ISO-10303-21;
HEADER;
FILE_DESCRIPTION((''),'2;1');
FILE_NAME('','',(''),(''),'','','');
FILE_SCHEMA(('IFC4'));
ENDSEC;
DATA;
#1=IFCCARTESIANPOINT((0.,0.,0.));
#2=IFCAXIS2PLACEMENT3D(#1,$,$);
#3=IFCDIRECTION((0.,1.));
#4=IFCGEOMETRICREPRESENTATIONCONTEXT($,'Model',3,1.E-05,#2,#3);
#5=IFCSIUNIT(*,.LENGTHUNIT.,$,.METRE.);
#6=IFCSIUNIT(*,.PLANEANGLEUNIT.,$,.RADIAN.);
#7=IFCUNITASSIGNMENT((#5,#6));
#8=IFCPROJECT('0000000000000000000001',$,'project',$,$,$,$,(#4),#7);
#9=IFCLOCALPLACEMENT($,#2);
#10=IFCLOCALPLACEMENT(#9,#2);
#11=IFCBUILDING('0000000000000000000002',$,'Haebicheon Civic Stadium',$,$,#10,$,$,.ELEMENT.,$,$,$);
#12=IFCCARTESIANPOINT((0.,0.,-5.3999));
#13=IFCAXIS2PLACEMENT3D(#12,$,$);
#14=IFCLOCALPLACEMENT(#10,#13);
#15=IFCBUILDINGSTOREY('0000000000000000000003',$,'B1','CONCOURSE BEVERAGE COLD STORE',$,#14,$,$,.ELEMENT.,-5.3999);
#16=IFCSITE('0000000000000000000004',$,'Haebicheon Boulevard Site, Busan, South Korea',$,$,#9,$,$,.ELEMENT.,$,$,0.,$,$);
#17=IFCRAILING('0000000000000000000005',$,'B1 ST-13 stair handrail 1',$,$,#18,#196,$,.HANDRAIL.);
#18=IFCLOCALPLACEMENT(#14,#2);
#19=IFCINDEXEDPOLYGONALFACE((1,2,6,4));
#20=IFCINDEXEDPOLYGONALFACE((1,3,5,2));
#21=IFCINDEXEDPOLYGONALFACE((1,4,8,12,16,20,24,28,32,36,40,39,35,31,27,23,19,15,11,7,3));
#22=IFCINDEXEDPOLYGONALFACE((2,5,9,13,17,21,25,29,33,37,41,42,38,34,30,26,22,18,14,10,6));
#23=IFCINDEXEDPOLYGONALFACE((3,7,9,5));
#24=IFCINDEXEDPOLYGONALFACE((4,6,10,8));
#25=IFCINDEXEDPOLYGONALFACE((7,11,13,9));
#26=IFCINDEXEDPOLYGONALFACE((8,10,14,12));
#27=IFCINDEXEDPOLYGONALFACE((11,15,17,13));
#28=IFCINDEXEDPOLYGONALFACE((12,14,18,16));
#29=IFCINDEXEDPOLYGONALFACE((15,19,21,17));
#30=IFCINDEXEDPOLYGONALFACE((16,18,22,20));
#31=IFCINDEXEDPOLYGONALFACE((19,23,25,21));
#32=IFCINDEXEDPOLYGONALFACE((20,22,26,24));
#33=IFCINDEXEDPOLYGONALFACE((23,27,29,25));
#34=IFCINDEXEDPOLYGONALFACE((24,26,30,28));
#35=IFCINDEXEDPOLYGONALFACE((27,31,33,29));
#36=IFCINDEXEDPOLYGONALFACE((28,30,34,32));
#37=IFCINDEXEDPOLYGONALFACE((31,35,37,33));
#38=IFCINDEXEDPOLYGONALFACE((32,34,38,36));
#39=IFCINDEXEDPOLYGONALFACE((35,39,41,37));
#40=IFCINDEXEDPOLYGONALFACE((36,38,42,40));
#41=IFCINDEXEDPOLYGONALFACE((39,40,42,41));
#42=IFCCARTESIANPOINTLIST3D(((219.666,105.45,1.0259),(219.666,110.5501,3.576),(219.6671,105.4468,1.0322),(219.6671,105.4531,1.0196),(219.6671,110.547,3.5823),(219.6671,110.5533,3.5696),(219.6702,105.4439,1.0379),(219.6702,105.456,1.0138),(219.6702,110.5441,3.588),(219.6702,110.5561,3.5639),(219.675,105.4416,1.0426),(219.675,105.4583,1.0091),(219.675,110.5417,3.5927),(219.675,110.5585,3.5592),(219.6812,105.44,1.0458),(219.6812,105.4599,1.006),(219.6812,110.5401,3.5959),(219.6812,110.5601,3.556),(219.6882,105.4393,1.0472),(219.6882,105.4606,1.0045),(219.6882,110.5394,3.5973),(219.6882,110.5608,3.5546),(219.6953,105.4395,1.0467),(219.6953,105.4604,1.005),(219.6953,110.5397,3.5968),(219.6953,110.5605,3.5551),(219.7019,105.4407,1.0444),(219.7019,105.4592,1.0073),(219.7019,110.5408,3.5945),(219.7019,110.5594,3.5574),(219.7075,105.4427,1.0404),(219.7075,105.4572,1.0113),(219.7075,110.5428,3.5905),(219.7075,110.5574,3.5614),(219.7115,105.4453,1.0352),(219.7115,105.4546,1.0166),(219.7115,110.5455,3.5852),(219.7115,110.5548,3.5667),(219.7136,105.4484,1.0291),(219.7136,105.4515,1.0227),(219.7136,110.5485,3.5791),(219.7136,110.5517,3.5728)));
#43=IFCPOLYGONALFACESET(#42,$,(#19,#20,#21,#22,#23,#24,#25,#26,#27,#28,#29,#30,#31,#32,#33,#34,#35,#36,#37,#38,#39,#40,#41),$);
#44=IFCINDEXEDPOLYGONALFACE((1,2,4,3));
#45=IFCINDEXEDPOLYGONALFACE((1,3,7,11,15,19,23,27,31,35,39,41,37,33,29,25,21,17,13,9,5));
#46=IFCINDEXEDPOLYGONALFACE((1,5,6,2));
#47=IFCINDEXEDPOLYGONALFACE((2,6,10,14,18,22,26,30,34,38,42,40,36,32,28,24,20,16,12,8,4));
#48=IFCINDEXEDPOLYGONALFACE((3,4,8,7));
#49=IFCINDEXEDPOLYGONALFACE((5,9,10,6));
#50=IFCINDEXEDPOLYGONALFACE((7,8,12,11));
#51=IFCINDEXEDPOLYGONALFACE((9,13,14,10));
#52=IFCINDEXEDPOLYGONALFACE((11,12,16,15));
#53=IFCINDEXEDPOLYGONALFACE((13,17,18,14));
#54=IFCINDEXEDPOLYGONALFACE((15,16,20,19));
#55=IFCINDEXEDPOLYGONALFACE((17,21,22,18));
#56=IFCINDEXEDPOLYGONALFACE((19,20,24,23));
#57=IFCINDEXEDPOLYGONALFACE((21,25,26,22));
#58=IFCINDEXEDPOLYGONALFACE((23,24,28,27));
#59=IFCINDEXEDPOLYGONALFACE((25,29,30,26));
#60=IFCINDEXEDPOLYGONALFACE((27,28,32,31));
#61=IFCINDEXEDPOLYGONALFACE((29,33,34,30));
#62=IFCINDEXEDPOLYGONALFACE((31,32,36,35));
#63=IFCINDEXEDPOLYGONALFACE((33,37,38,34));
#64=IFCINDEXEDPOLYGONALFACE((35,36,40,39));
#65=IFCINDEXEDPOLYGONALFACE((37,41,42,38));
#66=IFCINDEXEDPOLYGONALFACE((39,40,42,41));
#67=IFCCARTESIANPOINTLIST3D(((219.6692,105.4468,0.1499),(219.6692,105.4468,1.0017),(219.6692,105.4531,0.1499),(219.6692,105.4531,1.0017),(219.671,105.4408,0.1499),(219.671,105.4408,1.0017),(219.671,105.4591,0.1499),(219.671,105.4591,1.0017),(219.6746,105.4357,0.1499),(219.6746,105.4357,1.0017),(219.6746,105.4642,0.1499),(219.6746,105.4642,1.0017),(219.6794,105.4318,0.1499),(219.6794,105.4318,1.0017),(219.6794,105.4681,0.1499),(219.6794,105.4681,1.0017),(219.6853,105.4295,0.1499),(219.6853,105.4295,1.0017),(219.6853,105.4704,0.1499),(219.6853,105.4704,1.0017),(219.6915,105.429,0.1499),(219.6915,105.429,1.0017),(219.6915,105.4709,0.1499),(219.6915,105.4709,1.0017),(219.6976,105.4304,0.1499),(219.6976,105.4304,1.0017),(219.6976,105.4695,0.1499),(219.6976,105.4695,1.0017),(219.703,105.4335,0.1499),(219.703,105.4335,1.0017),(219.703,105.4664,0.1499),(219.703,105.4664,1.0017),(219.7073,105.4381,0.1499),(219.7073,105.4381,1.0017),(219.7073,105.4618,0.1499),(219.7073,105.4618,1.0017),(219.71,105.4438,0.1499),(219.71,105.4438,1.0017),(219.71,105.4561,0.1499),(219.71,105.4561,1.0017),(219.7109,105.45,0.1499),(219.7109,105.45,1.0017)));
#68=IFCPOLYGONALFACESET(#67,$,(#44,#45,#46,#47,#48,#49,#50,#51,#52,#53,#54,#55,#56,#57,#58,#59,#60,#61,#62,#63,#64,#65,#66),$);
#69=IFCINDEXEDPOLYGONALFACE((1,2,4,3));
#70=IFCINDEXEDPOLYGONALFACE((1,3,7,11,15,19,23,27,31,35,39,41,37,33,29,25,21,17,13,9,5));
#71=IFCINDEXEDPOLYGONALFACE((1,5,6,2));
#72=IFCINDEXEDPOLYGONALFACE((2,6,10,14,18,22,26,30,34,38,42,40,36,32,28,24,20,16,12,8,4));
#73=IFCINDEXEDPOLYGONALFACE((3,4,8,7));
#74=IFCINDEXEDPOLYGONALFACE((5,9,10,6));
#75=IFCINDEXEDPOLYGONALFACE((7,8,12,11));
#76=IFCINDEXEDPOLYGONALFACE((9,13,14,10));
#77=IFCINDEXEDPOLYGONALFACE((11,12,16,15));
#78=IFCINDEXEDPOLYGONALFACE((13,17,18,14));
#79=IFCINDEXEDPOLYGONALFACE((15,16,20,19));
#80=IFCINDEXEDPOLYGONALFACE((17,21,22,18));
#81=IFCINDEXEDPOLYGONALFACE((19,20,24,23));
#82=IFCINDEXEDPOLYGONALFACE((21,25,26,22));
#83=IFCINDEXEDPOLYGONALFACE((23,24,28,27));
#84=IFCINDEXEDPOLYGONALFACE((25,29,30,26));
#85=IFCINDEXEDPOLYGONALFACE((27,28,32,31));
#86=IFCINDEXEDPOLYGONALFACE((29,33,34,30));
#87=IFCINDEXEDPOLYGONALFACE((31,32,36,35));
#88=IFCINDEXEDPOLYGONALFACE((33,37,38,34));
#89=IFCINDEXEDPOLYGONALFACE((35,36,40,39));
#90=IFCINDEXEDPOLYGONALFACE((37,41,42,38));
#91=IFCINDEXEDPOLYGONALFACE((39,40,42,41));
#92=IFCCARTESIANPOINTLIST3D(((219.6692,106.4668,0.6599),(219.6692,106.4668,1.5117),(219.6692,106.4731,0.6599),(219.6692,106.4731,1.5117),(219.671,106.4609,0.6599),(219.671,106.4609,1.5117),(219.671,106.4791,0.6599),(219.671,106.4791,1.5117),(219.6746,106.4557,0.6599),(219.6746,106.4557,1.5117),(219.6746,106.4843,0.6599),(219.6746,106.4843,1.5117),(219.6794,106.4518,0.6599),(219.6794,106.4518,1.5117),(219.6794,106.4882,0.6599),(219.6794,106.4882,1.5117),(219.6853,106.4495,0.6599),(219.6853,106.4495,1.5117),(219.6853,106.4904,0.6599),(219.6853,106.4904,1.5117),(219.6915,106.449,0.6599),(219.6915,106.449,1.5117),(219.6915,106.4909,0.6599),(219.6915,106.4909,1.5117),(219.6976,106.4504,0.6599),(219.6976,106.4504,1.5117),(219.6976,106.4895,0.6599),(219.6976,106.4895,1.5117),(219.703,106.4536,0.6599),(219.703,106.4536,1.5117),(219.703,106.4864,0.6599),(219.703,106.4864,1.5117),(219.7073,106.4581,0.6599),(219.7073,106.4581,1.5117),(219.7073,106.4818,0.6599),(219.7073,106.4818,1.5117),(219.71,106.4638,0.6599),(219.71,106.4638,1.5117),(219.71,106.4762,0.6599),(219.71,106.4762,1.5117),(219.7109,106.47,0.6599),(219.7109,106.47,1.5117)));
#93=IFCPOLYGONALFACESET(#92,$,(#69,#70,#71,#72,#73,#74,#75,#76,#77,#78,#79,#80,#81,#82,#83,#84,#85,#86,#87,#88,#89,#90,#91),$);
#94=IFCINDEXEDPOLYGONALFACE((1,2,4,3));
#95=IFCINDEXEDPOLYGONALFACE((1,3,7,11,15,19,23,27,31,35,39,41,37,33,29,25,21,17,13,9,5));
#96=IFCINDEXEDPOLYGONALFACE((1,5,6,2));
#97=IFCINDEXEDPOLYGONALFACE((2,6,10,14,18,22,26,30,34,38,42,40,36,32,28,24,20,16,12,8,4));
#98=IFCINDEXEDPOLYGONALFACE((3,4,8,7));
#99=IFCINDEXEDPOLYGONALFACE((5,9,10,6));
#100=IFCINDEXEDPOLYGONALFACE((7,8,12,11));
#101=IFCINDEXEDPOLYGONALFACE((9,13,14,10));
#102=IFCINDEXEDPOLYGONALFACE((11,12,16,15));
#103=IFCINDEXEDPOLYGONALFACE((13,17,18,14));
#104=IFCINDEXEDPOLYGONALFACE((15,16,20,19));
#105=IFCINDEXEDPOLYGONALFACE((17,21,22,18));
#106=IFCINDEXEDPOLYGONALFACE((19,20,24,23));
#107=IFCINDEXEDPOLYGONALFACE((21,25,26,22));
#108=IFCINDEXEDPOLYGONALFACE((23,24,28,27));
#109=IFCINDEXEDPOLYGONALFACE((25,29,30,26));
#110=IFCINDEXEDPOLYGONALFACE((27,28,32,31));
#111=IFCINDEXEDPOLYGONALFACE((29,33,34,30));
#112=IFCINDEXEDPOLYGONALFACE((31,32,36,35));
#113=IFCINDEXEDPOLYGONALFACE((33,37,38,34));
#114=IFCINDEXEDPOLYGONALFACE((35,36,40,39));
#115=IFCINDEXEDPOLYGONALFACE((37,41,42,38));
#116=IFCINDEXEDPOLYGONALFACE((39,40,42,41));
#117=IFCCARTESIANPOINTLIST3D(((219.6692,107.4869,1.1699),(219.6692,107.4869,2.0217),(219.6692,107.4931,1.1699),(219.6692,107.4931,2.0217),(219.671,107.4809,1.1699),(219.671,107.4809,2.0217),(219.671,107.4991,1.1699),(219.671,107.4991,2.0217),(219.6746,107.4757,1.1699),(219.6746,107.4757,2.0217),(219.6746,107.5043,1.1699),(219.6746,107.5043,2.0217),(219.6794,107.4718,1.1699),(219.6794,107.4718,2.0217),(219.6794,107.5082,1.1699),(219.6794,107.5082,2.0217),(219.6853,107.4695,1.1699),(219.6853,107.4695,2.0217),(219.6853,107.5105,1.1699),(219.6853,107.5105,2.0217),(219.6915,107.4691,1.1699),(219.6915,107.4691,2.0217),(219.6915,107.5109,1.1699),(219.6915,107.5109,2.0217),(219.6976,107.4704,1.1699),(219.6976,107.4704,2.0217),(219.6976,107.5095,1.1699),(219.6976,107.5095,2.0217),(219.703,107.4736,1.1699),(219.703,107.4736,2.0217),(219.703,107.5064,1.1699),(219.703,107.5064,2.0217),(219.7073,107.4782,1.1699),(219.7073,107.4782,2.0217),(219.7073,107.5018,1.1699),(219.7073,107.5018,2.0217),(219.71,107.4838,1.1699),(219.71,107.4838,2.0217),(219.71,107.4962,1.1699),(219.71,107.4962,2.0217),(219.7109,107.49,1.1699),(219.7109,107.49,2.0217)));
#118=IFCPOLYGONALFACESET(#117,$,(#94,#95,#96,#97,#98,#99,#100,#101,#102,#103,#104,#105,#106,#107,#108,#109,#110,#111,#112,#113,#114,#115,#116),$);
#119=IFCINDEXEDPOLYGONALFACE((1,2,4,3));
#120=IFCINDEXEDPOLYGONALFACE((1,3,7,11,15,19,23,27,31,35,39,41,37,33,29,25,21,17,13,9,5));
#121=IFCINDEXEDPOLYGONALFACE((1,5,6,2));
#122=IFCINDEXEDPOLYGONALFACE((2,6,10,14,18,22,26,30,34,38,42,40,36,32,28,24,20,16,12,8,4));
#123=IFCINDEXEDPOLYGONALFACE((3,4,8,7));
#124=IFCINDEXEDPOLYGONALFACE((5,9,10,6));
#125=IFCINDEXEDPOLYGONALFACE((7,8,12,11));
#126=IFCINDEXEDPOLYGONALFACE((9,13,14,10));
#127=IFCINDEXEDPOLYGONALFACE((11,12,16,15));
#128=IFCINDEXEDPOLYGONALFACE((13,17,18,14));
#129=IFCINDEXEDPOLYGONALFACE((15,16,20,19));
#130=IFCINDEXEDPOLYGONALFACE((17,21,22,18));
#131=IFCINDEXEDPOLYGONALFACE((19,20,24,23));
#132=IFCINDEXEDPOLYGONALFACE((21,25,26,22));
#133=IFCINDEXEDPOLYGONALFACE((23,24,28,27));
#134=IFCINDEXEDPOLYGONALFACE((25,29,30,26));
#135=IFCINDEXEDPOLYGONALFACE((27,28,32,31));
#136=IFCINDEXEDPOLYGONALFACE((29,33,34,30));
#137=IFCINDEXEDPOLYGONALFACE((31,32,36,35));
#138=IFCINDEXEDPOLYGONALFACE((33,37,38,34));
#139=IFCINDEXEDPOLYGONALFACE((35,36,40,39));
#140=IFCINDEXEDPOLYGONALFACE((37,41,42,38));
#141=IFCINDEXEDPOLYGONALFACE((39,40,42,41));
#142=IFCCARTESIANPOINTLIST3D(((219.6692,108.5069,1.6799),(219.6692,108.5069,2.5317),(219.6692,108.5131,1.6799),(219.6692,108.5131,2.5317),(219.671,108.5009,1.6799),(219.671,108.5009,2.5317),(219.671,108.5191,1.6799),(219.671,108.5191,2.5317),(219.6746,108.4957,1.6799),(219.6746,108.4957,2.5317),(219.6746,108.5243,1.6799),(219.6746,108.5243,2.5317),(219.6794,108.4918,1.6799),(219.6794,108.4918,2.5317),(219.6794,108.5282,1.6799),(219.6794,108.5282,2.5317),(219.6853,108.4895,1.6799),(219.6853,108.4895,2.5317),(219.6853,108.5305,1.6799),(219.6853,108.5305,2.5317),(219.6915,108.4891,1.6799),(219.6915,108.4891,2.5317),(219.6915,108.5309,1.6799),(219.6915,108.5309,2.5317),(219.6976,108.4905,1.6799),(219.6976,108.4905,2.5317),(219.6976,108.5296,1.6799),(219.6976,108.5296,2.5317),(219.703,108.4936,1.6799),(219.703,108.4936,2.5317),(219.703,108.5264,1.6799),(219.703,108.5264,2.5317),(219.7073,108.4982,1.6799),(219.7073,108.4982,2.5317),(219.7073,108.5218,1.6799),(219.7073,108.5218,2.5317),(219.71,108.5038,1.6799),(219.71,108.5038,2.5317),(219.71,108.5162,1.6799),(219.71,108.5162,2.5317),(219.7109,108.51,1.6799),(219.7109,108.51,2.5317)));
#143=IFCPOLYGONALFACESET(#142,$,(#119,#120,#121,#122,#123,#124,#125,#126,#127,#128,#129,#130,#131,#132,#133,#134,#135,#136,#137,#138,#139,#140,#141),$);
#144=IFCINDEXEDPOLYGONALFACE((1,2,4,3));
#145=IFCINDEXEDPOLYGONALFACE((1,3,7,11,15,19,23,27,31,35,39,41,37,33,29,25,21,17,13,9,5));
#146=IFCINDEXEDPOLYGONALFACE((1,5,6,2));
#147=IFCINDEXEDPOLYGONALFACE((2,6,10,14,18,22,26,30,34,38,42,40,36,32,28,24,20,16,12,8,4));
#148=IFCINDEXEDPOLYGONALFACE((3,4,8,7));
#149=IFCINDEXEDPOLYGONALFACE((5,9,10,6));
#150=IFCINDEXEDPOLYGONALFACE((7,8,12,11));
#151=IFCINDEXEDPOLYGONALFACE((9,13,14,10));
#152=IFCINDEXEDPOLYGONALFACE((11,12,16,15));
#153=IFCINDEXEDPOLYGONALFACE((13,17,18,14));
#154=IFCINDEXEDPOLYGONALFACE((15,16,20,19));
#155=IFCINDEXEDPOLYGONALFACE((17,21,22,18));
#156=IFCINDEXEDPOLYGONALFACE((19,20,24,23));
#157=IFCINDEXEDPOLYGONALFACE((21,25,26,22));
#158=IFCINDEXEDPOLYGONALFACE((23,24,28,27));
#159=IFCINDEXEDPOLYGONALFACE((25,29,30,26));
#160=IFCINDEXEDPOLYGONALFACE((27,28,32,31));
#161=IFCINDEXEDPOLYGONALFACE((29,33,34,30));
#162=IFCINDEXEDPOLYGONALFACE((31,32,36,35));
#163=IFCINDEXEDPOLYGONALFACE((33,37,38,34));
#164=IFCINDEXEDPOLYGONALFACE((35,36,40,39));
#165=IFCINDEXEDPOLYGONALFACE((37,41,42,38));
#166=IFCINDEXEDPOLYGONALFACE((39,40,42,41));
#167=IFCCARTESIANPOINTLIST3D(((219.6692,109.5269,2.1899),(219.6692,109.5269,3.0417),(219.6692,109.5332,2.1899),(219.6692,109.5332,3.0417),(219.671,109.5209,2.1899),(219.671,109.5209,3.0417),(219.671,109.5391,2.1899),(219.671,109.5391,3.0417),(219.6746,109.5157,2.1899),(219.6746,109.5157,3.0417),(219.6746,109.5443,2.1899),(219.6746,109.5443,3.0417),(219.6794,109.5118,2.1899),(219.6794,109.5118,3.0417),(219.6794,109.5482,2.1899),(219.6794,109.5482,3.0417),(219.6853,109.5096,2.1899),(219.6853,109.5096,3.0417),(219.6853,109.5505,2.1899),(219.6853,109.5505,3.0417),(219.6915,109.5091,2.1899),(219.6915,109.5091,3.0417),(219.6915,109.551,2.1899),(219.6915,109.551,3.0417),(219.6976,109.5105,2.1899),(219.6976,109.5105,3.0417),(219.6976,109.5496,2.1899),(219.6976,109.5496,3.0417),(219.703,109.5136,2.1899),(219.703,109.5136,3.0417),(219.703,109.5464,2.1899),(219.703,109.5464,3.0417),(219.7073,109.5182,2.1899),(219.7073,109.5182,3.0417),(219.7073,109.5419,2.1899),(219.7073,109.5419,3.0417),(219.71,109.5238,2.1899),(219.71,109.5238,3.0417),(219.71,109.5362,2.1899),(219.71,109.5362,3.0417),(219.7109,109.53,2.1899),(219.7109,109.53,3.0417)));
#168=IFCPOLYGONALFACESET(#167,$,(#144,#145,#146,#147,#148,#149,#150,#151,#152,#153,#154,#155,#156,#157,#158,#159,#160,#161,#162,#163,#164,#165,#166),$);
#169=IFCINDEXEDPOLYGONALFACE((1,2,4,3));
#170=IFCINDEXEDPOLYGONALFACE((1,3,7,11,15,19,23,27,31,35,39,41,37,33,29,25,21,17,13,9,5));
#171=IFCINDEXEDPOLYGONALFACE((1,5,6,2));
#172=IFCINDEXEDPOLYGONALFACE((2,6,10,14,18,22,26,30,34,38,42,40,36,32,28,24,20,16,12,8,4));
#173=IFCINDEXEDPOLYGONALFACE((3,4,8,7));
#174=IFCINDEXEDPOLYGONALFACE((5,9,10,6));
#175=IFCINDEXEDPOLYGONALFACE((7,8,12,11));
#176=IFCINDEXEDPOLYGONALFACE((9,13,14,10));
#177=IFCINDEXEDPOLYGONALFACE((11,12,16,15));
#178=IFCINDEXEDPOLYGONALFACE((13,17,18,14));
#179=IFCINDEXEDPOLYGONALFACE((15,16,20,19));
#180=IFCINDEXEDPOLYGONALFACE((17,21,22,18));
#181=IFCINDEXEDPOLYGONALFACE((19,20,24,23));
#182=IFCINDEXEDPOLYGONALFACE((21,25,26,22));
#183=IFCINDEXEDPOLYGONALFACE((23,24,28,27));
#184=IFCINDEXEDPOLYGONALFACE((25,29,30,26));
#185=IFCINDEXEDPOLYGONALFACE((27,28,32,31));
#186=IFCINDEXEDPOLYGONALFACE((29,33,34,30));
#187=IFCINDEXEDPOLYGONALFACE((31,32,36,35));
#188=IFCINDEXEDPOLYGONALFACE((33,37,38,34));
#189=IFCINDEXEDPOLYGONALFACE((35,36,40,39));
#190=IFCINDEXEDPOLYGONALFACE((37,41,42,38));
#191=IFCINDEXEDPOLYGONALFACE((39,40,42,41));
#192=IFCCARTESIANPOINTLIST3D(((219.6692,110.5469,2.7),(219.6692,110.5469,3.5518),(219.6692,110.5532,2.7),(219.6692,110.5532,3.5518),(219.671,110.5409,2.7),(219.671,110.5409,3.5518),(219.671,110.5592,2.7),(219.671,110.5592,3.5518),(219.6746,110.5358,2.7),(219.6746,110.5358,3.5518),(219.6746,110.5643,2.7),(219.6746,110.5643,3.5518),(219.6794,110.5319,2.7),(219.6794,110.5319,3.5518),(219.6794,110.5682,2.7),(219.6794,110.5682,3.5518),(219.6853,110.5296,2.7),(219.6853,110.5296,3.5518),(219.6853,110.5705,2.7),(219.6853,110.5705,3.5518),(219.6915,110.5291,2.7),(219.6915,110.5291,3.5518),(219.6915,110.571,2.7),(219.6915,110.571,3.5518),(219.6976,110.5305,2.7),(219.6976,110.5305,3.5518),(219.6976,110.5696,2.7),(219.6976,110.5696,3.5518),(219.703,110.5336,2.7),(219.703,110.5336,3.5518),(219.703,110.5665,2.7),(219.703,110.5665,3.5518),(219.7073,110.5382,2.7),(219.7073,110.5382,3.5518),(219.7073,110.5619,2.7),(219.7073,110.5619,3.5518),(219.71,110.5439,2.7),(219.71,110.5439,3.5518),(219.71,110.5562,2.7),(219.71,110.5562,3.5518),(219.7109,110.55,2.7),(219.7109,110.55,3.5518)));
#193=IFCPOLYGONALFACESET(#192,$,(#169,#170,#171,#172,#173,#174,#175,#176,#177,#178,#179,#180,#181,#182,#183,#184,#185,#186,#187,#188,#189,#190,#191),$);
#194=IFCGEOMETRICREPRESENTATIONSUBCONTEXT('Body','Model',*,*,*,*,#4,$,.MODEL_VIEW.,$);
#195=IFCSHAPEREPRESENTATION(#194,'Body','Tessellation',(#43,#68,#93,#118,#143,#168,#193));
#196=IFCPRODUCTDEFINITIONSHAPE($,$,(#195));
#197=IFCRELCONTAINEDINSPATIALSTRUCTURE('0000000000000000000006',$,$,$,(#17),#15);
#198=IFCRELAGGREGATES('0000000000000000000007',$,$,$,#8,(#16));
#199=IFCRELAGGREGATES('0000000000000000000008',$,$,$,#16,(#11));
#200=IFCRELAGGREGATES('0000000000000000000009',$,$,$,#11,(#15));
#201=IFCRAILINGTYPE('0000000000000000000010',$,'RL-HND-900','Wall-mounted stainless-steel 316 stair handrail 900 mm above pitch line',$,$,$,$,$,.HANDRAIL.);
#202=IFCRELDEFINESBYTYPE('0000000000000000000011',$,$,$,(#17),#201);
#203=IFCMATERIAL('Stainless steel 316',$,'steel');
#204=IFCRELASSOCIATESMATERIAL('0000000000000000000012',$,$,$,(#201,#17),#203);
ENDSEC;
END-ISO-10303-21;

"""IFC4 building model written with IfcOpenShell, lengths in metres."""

from ifc_helpers import new_model, si_unit, direction, frame, origin, origin_2d, place, context, subcontext, project, spatial, circle, extrude, material, type_object, element, save


model = new_model("IFC4")

# Units and contexts
model_context = context("Model", 3, precision=1e-05, world=origin(), true_north=direction((0.0, 1.0)))
body_context = subcontext(model_context, "Body", "Model", "MODEL_VIEW")
ifc_project = project(units=[si_unit("LENGTHUNIT", "METRE"), si_unit("PLANEANGLEUNIT", "RADIAN")], contexts=[model_context])

# Site, building, storey
site_placement = place(None, origin())
site = spatial("IfcSite", under=ifc_project, at=site_placement, Name="Haebicheon Boulevard Site, Busan, South Korea", CompositionType="ELEMENT", RefElevation=0.0)
building_placement = place(site_placement, origin())
building = spatial("IfcBuilding", under=site, at=building_placement, Name="Haebicheon Civic Stadium", CompositionType="ELEMENT")
storey_placement = place(building_placement, frame((0.0, 0.0, -5.3999)))
storey = spatial("IfcBuildingStorey", under=building, at=storey_placement, Name="B1", Description="CONCOURSE BEVERAGE COLD STORE", CompositionType="ELEMENT", Elevation=-5.3999)

# Railing
ifc_material_1 = material(Name="Stainless steel 316", Category="steel")
railing_type_1 = type_object("IfcRailingType", Name="RL-HND-900", Description="Wall-mounted stainless-steel 316 stair handrail 900 mm above pitch line", PredefinedType="HANDRAIL", material=ifc_material_1)
railing_1_placement = place(storey_placement, frame((219.6899, 105.45, 0.1499)))
element("IfcRailing", 1, at=railing_1_placement, inside=storey, type_object=railing_type_1, material=ifc_material_1, Name="B1 ST-13 stair handrail 1", PredefinedType="HANDRAIL", context=body_context, shape_type="SweptSolid", body=[
    extrude(circle(Radius=0.0239, at=origin_2d()), frame((0.0, 0.0, 0.876), z_axis=(0.0, 0.894427, 0.447214), x_axis=(-1.0, 0.0, 0.0)), (0.0, 0.0, 1.0), 5.7021),
    extrude(circle(Radius=0.021, at=origin_2d()), origin(), (0.0, 0.0, 1.0), 0.8518),
    extrude(circle(Radius=0.021, at=origin_2d()), frame((0.0, 1.02, 0.51)), (0.0, 0.0, 1.0), 0.8518),
    extrude(circle(Radius=0.021, at=origin_2d()), frame((0.0, 2.04, 1.02)), (0.0, 0.0, 1.0), 0.8518),
    extrude(circle(Radius=0.021, at=origin_2d()), frame((0.0, 3.0601, 1.53)), (0.0, 0.0, 1.0), 0.8518),
    extrude(circle(Radius=0.021, at=origin_2d()), frame((0.0, 4.0801, 2.04)), (0.0, 0.0, 1.0), 0.8518),
    extrude(circle(Radius=0.021, at=origin_2d()), frame((0.0, 5.1001, 2.55)), (0.0, 0.0, 1.0), 0.8518),
])

save(model, "model.ifc")
